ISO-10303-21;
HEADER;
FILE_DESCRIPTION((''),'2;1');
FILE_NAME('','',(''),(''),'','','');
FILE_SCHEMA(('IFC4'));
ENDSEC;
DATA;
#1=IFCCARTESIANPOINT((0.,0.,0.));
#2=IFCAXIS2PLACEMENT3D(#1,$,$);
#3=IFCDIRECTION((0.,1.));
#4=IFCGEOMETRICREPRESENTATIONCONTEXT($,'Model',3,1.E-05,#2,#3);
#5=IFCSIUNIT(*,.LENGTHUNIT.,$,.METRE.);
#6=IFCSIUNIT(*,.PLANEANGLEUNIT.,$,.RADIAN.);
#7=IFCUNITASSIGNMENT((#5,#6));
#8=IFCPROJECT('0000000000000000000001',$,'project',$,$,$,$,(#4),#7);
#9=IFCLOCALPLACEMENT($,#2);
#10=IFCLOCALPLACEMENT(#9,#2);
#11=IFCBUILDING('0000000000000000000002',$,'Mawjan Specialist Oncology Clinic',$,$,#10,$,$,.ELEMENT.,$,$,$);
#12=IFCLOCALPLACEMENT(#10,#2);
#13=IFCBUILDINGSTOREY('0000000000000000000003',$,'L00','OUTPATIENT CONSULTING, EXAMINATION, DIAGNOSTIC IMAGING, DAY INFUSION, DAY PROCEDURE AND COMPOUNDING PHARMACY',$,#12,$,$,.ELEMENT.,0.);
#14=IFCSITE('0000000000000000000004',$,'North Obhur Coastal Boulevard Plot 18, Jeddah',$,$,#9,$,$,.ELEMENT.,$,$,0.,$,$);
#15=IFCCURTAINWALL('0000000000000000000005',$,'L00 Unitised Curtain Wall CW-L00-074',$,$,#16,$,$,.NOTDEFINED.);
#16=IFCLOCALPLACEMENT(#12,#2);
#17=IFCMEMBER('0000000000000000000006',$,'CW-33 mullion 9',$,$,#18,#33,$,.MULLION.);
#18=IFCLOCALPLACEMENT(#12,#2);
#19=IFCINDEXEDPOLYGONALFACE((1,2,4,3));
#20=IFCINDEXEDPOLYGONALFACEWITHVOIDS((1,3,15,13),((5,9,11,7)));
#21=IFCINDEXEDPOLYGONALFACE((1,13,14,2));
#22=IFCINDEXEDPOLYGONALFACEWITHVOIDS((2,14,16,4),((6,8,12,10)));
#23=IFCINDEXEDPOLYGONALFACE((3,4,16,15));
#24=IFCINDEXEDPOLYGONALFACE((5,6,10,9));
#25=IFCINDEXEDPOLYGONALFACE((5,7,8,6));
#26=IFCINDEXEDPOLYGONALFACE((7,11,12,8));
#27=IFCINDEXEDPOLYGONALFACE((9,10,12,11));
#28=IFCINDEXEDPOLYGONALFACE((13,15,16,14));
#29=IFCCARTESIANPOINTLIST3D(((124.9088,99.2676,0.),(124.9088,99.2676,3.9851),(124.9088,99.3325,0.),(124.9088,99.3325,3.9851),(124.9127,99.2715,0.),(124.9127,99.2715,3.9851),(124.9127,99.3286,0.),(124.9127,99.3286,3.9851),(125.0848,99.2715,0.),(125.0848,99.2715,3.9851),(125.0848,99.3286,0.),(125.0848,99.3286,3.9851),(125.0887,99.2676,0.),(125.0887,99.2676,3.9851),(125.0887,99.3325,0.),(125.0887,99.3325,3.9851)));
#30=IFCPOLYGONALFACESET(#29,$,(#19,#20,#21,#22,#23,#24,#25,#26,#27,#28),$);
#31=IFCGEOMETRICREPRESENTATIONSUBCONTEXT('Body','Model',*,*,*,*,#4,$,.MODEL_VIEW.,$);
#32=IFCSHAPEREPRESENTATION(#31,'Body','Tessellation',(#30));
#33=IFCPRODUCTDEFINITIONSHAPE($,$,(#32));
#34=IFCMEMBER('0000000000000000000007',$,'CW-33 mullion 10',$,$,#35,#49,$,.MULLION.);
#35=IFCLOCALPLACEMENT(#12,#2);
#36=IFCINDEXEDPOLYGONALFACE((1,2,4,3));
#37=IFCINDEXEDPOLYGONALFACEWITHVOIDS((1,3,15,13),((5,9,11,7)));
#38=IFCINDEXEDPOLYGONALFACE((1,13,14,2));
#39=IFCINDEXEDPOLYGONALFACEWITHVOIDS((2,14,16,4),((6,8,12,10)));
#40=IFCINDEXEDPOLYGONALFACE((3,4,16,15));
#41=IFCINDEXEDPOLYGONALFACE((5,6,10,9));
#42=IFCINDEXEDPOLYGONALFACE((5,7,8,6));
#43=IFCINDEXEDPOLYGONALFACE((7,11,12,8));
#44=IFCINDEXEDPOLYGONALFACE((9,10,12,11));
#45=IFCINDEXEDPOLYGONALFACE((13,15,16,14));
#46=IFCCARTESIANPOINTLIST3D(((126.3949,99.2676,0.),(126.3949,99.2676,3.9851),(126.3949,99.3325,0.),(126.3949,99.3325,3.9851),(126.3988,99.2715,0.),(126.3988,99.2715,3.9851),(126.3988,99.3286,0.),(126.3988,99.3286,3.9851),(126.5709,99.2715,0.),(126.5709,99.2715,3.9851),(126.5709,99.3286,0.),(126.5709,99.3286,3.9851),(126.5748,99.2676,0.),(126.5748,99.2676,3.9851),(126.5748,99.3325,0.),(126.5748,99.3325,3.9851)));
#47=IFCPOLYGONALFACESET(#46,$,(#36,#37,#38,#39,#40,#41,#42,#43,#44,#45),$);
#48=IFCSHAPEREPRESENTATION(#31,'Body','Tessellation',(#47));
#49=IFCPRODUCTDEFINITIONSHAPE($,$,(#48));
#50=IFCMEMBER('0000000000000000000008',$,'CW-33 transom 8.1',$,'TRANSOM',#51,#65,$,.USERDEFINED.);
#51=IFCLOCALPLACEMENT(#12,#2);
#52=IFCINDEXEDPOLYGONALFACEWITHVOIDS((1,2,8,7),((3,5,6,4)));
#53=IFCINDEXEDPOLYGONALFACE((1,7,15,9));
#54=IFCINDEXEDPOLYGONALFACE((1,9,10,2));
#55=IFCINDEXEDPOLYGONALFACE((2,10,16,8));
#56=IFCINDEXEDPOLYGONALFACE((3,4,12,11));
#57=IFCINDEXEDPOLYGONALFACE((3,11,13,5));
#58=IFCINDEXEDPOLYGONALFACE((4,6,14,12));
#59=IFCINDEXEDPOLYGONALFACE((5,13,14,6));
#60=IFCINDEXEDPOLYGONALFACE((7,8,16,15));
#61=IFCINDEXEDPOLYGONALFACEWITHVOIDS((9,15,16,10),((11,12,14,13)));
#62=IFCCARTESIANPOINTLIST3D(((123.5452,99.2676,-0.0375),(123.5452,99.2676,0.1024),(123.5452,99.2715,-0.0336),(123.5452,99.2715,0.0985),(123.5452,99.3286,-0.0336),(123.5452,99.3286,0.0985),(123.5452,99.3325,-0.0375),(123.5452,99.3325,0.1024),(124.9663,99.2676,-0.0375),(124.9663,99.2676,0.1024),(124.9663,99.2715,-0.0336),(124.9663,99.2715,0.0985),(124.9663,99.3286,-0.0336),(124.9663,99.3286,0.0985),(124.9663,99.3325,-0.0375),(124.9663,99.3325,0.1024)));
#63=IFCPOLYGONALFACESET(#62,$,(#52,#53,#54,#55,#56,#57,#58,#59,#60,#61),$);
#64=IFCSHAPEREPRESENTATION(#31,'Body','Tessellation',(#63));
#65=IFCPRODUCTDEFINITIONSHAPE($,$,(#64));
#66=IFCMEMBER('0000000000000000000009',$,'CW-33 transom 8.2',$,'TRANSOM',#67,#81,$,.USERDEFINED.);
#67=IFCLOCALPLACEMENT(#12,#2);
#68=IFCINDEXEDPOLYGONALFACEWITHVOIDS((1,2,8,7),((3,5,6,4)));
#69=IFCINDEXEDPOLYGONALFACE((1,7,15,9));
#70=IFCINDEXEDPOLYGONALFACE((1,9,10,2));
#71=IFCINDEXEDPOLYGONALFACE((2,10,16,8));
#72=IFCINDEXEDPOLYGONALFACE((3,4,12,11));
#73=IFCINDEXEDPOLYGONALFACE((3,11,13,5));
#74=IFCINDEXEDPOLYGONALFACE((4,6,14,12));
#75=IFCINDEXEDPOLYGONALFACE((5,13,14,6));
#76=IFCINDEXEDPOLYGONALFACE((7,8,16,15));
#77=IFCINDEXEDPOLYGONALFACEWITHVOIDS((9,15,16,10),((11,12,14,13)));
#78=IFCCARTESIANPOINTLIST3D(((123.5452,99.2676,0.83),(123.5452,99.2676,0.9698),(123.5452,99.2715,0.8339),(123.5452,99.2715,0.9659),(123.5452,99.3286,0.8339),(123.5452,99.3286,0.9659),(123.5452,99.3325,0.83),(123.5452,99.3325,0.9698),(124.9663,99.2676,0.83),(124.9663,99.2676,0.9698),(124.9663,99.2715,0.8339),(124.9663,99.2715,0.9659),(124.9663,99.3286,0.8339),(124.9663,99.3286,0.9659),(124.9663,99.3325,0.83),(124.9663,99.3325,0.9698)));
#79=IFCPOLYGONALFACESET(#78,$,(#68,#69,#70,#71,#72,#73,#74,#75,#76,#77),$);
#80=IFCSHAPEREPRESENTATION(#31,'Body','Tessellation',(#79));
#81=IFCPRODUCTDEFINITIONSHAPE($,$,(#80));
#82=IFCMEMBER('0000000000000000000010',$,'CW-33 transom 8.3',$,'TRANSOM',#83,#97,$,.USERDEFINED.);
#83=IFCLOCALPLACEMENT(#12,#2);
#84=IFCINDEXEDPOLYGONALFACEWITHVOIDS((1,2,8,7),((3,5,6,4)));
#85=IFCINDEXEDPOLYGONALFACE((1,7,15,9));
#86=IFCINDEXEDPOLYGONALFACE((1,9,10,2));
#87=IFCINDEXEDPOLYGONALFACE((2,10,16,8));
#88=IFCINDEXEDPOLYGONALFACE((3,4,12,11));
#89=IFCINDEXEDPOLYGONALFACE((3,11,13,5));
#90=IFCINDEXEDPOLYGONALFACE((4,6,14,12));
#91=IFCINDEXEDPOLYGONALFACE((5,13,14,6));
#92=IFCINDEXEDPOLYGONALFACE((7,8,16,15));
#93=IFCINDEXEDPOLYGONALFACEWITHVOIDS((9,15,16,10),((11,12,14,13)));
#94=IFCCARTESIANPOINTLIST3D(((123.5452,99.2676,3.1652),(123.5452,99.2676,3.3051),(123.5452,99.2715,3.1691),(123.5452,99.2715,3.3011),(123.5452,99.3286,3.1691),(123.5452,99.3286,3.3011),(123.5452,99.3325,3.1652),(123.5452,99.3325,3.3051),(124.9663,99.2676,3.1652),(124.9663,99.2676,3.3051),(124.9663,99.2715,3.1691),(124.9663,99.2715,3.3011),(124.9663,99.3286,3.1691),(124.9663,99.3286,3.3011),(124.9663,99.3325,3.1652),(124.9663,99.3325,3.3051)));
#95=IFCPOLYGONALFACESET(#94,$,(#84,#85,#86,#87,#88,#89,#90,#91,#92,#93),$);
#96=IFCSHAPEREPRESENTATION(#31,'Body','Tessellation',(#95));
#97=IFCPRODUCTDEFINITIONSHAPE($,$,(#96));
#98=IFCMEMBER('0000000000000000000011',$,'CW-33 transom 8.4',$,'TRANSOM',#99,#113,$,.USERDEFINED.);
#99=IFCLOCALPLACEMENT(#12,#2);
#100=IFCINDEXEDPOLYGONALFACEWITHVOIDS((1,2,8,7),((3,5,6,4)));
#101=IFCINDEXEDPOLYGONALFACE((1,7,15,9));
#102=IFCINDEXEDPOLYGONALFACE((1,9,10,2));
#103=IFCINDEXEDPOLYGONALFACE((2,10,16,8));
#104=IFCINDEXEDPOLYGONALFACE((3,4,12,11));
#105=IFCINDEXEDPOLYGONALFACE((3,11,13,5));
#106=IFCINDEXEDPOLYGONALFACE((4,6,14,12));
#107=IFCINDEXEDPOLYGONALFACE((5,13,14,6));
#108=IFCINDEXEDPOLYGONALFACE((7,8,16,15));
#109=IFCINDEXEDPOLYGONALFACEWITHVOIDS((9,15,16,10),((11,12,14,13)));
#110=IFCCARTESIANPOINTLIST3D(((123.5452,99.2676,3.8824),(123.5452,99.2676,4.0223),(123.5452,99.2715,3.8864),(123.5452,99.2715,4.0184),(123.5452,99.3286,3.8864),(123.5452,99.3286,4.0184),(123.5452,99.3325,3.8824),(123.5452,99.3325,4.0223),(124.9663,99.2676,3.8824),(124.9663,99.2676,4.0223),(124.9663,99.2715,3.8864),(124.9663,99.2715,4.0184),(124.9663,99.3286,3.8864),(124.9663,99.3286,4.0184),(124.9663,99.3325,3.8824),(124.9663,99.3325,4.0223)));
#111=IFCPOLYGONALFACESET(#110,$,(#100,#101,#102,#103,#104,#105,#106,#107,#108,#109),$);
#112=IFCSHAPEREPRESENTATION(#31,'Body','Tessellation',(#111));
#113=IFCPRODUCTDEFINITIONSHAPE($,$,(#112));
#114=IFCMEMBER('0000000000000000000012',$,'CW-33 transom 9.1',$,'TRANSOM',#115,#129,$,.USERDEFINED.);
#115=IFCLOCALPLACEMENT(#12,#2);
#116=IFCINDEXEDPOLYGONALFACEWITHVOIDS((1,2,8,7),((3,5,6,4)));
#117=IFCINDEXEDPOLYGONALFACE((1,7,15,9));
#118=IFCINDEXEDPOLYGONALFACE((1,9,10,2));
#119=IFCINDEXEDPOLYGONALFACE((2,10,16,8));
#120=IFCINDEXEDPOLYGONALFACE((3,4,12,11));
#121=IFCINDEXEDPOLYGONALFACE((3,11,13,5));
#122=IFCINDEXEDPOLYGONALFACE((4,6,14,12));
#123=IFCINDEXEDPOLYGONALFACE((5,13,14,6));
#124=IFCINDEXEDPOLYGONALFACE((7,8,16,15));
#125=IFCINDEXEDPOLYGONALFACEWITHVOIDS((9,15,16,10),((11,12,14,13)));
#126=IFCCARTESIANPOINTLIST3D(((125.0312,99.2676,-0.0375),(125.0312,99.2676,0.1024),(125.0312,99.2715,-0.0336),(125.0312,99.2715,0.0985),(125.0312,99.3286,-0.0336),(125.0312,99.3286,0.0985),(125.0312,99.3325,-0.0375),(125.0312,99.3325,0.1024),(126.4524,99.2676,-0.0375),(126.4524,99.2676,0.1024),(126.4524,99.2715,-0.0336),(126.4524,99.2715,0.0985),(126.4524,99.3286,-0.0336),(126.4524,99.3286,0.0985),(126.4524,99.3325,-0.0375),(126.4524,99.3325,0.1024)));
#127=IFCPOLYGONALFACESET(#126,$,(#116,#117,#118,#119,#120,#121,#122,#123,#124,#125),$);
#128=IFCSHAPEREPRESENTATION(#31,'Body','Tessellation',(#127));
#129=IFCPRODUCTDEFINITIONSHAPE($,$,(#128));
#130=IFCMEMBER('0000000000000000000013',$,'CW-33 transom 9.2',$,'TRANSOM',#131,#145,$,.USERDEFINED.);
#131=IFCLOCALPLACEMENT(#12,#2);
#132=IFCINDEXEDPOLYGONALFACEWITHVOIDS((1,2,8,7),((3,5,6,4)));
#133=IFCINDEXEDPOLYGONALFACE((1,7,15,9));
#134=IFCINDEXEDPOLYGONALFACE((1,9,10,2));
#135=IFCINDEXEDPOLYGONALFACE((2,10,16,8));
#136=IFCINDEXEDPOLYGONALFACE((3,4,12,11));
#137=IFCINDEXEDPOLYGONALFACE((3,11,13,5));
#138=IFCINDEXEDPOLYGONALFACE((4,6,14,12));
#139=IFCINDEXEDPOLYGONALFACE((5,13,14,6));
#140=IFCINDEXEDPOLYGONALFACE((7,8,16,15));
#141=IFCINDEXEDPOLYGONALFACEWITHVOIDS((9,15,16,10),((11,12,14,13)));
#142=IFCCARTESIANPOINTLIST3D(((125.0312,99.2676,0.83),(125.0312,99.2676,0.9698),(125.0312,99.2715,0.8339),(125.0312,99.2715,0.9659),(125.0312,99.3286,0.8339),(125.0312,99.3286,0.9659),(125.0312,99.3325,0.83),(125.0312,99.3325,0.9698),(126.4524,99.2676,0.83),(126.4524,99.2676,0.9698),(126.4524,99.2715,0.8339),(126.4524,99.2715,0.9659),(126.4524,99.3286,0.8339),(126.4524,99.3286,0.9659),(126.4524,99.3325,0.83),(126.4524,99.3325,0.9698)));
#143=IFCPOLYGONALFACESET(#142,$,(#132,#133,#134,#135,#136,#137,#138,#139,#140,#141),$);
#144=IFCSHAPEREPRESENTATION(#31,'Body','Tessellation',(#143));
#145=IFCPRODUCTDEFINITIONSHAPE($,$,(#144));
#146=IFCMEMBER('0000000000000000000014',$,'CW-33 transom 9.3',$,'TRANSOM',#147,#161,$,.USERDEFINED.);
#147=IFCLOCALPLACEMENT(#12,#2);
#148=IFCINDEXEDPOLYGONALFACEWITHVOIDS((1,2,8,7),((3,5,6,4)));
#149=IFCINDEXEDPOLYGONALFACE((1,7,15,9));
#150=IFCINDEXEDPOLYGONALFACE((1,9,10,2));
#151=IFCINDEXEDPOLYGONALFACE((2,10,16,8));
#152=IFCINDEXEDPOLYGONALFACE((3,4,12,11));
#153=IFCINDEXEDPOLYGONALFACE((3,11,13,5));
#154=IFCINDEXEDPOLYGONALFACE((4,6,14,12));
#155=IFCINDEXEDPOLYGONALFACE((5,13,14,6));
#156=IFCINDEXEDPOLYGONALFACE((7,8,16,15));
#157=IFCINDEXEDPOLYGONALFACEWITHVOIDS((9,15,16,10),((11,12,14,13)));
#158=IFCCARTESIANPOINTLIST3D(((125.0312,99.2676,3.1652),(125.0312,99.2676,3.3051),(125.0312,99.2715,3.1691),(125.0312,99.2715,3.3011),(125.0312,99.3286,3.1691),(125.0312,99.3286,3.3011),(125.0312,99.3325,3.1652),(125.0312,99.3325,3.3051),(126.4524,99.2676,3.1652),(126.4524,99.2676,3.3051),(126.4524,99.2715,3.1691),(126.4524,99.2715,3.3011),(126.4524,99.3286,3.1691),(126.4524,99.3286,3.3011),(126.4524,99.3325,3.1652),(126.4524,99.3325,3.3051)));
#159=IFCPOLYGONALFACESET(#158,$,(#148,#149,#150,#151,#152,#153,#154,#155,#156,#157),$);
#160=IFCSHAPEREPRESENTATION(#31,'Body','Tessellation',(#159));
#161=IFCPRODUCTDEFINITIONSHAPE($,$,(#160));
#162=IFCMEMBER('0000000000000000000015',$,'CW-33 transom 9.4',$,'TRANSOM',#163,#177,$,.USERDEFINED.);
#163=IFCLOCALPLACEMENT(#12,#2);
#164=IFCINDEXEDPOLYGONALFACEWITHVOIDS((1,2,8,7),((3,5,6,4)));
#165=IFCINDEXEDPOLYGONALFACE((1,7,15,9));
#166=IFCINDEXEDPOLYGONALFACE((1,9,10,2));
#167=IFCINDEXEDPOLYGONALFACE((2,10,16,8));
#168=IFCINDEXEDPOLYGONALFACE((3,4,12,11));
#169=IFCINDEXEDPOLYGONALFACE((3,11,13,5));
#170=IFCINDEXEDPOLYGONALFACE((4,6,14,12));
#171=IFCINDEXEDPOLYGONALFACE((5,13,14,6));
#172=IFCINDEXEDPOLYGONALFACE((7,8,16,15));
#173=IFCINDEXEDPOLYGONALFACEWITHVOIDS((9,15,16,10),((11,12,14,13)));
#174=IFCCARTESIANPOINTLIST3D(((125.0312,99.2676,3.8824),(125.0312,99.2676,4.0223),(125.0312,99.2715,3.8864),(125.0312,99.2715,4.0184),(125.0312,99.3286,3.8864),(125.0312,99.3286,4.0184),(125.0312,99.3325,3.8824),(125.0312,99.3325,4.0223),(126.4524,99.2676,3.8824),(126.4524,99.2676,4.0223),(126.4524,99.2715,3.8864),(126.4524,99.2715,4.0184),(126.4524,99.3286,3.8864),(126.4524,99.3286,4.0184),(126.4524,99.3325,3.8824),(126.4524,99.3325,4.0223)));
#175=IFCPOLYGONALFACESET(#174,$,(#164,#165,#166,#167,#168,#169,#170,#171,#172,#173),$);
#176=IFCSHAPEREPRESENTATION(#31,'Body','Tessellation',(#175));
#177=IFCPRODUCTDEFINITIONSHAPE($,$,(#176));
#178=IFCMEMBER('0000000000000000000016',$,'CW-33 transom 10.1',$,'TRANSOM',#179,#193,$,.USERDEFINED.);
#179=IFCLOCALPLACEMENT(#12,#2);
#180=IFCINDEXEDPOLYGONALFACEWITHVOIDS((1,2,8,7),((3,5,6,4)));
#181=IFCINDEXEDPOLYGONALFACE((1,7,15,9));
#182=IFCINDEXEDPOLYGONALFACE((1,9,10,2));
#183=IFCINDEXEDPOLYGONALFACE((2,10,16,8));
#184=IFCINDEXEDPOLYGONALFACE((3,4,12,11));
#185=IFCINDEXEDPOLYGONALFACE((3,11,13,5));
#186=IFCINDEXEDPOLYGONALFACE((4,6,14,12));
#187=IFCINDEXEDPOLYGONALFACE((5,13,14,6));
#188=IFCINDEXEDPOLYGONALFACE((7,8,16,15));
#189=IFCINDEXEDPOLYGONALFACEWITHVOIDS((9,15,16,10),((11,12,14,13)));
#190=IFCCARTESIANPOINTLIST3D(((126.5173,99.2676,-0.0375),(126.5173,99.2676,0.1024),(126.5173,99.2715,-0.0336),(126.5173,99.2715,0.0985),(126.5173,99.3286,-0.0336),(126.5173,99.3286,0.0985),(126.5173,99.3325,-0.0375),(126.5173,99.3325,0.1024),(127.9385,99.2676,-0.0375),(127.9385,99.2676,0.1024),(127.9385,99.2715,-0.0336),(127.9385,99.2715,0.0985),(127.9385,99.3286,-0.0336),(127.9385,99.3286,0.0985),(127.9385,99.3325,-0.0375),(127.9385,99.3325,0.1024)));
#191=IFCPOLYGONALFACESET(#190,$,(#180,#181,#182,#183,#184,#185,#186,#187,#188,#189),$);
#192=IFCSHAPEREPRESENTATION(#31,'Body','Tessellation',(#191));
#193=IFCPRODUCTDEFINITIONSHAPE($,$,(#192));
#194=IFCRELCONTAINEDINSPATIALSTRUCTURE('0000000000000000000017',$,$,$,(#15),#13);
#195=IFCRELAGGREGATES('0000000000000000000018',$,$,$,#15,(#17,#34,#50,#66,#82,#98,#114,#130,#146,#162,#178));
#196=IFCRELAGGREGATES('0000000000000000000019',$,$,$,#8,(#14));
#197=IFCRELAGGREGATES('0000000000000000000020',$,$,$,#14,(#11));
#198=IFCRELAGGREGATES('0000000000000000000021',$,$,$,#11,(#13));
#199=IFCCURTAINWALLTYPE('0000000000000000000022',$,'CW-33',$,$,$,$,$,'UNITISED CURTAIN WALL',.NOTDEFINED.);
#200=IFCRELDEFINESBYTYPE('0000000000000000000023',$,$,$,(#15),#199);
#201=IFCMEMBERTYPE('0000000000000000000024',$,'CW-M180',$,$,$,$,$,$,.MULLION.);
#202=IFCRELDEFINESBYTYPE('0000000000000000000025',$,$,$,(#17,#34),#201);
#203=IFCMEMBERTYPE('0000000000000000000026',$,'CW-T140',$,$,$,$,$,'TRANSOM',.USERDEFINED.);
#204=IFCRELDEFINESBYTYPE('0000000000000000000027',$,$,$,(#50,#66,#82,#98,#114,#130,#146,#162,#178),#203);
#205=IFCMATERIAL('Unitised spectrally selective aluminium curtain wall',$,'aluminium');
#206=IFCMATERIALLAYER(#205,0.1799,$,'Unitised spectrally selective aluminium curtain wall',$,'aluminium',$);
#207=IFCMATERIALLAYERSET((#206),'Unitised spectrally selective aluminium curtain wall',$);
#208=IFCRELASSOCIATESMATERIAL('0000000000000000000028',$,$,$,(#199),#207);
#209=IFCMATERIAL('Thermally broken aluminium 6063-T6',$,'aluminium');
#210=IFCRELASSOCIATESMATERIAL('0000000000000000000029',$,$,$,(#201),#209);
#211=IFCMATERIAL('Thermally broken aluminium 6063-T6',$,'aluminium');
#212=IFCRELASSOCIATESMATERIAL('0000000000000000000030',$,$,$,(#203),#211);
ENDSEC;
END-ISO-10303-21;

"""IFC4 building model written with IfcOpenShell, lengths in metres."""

from ifc_helpers import new_model, si_unit, direction, frame, origin, origin_2d, place, context, subcontext, project, spatial, hollow_rectangle, extrude, material, layer, layer_set, material_profile, profile_set, type_object, element, aggregate, save


model = new_model("IFC4")

# Units and contexts
model_context = context("Model", 3, precision=1e-05, world=origin(), true_north=direction((0.0, 1.0)))
body_context = subcontext(model_context, "Body", "Model", "MODEL_VIEW")
ifc_project = project(units=[si_unit("LENGTHUNIT", "METRE"), si_unit("PLANEANGLEUNIT", "RADIAN")], contexts=[model_context])

# Site, building, storey
site_placement = place(None, origin())
site = spatial("IfcSite", under=ifc_project, at=site_placement, Name="North Obhur Coastal Boulevard Plot 18, Jeddah", CompositionType="ELEMENT", RefElevation=0.0)
building_placement = place(site_placement, origin())
building = spatial("IfcBuilding", under=site, at=building_placement, Name="Mawjan Specialist Oncology Clinic", CompositionType="ELEMENT")
storey_placement = place(building_placement, origin())
storey = spatial("IfcBuildingStorey", under=building, at=storey_placement, Name="L00", Description="OUTPATIENT CONSULTING, EXAMINATION, DIAGNOSTIC IMAGING, DAY INFUSION, DAY PROCEDURE AND COMPOUNDING PHARMACY", CompositionType="ELEMENT", Elevation=0.0)

# Curtain wall, members
ifc_material_1 = material(Name="Unitised spectrally selective aluminium curtain wall", Category="aluminium")
ifc_layer_1 = layer(ifc_material_1, 0.1799, Name="Unitised spectrally selective aluminium curtain wall", Category="aluminium")
ifc_layer_set_1 = layer_set([ifc_layer_1], Name="Unitised spectrally selective aluminium curtain wall")
curtain_wall_type = type_object("IfcCurtainWallType", Name="CW-33", ElementType="UNITISED CURTAIN WALL", PredefinedType="NOTDEFINED", material=ifc_layer_set_1)
curtain_wall_placement = place(storey_placement, origin())
curtain_wall = element("IfcCurtainWall", 1, at=curtain_wall_placement, inside=storey, type_object=curtain_wall_type, Name="L00 Unitised Curtain Wall CW-L00-074", PredefinedType="NOTDEFINED")
ifc_material_2 = material(Name="Thermally broken aluminium 6063-T6", Category="aluminium")
ifc_material_profile_1 = material_profile(ifc_material_2, hollow_rectangle(XDim=0.0649, YDim=0.1799, WallThickness=0.0039, at=origin_2d()), Name="ALU MULLION 180x65x4", Category="aluminium")
ifc_profile_set_1 = profile_set([ifc_material_profile_1], Name="Thermally broken aluminium 6063-T6")
member_type_1 = type_object("IfcMemberType", Name="CW-M180", PredefinedType="MULLION", material=ifc_profile_set_1)
member_1_placement = place(storey_placement, frame((124.9988, 99.3, 0.0), z_axis=(0.0, 0.0, 1.0), x_axis=(0.0, 1.0, 0.0)))
member_1 = element("IfcMember", 2, at=member_1_placement, type_object=member_type_1, Name="CW-33 mullion 9", PredefinedType="MULLION", context=body_context, shape_type="SweptSolid", body=[
    extrude(hollow_rectangle(XDim=0.0649, YDim=0.1799, WallThickness=0.0039, at=origin_2d()), origin(), (0.0, 0.0, 1.0), 3.9851),
])
member_2_placement = place(storey_placement, frame((126.4849, 99.3, 0.0), z_axis=(0.0, 0.0, 1.0), x_axis=(0.0, 1.0, 0.0)))
member_2 = element("IfcMember", 3, at=member_2_placement, type_object=member_type_1, Name="CW-33 mullion 10", PredefinedType="MULLION", context=body_context, shape_type="SweptSolid", body=[
    extrude(hollow_rectangle(XDim=0.0649, YDim=0.1799, WallThickness=0.0039, at=origin_2d()), origin(), (0.0, 0.0, 1.0), 3.9851),
])
ifc_material_3 = material(Name="Thermally broken aluminium 6063-T6", Category="aluminium")
ifc_material_profile_2 = material_profile(ifc_material_3, hollow_rectangle(XDim=0.0649, YDim=0.1399, WallThickness=0.0039, at=origin_2d()), Name="ALU TRANSOM 140x65x4", Category="aluminium")
ifc_profile_set_2 = profile_set([ifc_material_profile_2], Name="Thermally broken aluminium 6063-T6")
member_type_2 = type_object("IfcMemberType", Name="CW-T140", ElementType="TRANSOM", PredefinedType="USERDEFINED", material=ifc_profile_set_2)
member_3_placement = place(storey_placement, frame((123.5452, 99.3, 0.0325), z_axis=(1.0, 0.0, 0.0), x_axis=(0.0, 1.0, 0.0)))
member_3 = element("IfcMember", 4, at=member_3_placement, type_object=member_type_2, Name="CW-33 transom 8.1", ObjectType="TRANSOM", PredefinedType="USERDEFINED", context=body_context, shape_type="SweptSolid", body=[
    extrude(hollow_rectangle(XDim=0.0649, YDim=0.1399, WallThickness=0.0039, at=origin_2d()), origin(), (0.0, 0.0, 1.0), 1.4211),
])
member_4_placement = place(storey_placement, frame((123.5452, 99.3, 0.8999), z_axis=(1.0, 0.0, 0.0), x_axis=(0.0, 1.0, 0.0)))
member_4 = element("IfcMember", 5, at=member_4_placement, type_object=member_type_2, Name="CW-33 transom 8.2", ObjectType="TRANSOM", PredefinedType="USERDEFINED", context=body_context, shape_type="SweptSolid", body=[
    extrude(hollow_rectangle(XDim=0.0649, YDim=0.1399, WallThickness=0.0039, at=origin_2d()), origin(), (0.0, 0.0, 1.0), 1.4211),
])
member_5_placement = place(storey_placement, frame((123.5452, 99.3, 3.2351), z_axis=(1.0, 0.0, 0.0), x_axis=(0.0, 1.0, 0.0)))
member_5 = element("IfcMember", 6, at=member_5_placement, type_object=member_type_2, Name="CW-33 transom 8.3", ObjectType="TRANSOM", PredefinedType="USERDEFINED", context=body_context, shape_type="SweptSolid", body=[
    extrude(hollow_rectangle(XDim=0.0649, YDim=0.1399, WallThickness=0.0039, at=origin_2d()), origin(), (0.0, 0.0, 1.0), 1.4211),
])
member_6_placement = place(storey_placement, frame((123.5452, 99.3, 3.9524), z_axis=(1.0, 0.0, 0.0), x_axis=(0.0, 1.0, 0.0)))
member_6 = element("IfcMember", 7, at=member_6_placement, type_object=member_type_2, Name="CW-33 transom 8.4", ObjectType="TRANSOM", PredefinedType="USERDEFINED", context=body_context, shape_type="SweptSolid", body=[
    extrude(hollow_rectangle(XDim=0.0649, YDim=0.1399, WallThickness=0.0039, at=origin_2d()), origin(), (0.0, 0.0, 1.0), 1.4211),
])
member_7_placement = place(storey_placement, frame((125.0312, 99.3, 0.0325), z_axis=(1.0, 0.0, 0.0), x_axis=(0.0, 1.0, 0.0)))
member_7 = element("IfcMember", 8, at=member_7_placement, type_object=member_type_2, Name="CW-33 transom 9.1", ObjectType="TRANSOM", PredefinedType="USERDEFINED", context=body_context, shape_type="SweptSolid", body=[
    extrude(hollow_rectangle(XDim=0.0649, YDim=0.1399, WallThickness=0.0039, at=origin_2d()), origin(), (0.0, 0.0, 1.0), 1.4211),
])
member_8_placement = place(storey_placement, frame((125.0312, 99.3, 0.8999), z_axis=(1.0, 0.0, 0.0), x_axis=(0.0, 1.0, 0.0)))
member_8 = element("IfcMember", 9, at=member_8_placement, type_object=member_type_2, Name="CW-33 transom 9.2", ObjectType="TRANSOM", PredefinedType="USERDEFINED", context=body_context, shape_type="SweptSolid", body=[
    extrude(hollow_rectangle(XDim=0.0649, YDim=0.1399, WallThickness=0.0039, at=origin_2d()), origin(), (0.0, 0.0, 1.0), 1.4211),
])
member_9_placement = place(storey_placement, frame((125.0312, 99.3, 3.2351), z_axis=(1.0, 0.0, 0.0), x_axis=(0.0, 1.0, 0.0)))
member_9 = element("IfcMember", 10, at=member_9_placement, type_object=member_type_2, Name="CW-33 transom 9.3", ObjectType="TRANSOM", PredefinedType="USERDEFINED", context=body_context, shape_type="SweptSolid", body=[
    extrude(hollow_rectangle(XDim=0.0649, YDim=0.1399, WallThickness=0.0039, at=origin_2d()), origin(), (0.0, 0.0, 1.0), 1.4211),
])
member_10_placement = place(storey_placement, frame((125.0312, 99.3, 3.9524), z_axis=(1.0, 0.0, 0.0), x_axis=(0.0, 1.0, 0.0)))
member_10 = element("IfcMember", 11, at=member_10_placement, type_object=member_type_2, Name="CW-33 transom 9.4", ObjectType="TRANSOM", PredefinedType="USERDEFINED", context=body_context, shape_type="SweptSolid", body=[
    extrude(hollow_rectangle(XDim=0.0649, YDim=0.1399, WallThickness=0.0039, at=origin_2d()), origin(), (0.0, 0.0, 1.0), 1.4211),
])
member_11_placement = place(storey_placement, frame((126.5173, 99.3, 0.0325), z_axis=(1.0, 0.0, 0.0), x_axis=(0.0, 1.0, 0.0)))
member_11 = element("IfcMember", 12, at=member_11_placement, type_object=member_type_2, Name="CW-33 transom 10.1", ObjectType="TRANSOM", PredefinedType="USERDEFINED", context=body_context, shape_type="SweptSolid", body=[
    extrude(hollow_rectangle(XDim=0.0649, YDim=0.1399, WallThickness=0.0039, at=origin_2d()), origin(), (0.0, 0.0, 1.0), 1.4211),
])
aggregate(curtain_wall, [member_1, member_2, member_3, member_4, member_5, member_6, member_7, member_8, member_9, member_10, member_11])

save(model, "model.ifc")
